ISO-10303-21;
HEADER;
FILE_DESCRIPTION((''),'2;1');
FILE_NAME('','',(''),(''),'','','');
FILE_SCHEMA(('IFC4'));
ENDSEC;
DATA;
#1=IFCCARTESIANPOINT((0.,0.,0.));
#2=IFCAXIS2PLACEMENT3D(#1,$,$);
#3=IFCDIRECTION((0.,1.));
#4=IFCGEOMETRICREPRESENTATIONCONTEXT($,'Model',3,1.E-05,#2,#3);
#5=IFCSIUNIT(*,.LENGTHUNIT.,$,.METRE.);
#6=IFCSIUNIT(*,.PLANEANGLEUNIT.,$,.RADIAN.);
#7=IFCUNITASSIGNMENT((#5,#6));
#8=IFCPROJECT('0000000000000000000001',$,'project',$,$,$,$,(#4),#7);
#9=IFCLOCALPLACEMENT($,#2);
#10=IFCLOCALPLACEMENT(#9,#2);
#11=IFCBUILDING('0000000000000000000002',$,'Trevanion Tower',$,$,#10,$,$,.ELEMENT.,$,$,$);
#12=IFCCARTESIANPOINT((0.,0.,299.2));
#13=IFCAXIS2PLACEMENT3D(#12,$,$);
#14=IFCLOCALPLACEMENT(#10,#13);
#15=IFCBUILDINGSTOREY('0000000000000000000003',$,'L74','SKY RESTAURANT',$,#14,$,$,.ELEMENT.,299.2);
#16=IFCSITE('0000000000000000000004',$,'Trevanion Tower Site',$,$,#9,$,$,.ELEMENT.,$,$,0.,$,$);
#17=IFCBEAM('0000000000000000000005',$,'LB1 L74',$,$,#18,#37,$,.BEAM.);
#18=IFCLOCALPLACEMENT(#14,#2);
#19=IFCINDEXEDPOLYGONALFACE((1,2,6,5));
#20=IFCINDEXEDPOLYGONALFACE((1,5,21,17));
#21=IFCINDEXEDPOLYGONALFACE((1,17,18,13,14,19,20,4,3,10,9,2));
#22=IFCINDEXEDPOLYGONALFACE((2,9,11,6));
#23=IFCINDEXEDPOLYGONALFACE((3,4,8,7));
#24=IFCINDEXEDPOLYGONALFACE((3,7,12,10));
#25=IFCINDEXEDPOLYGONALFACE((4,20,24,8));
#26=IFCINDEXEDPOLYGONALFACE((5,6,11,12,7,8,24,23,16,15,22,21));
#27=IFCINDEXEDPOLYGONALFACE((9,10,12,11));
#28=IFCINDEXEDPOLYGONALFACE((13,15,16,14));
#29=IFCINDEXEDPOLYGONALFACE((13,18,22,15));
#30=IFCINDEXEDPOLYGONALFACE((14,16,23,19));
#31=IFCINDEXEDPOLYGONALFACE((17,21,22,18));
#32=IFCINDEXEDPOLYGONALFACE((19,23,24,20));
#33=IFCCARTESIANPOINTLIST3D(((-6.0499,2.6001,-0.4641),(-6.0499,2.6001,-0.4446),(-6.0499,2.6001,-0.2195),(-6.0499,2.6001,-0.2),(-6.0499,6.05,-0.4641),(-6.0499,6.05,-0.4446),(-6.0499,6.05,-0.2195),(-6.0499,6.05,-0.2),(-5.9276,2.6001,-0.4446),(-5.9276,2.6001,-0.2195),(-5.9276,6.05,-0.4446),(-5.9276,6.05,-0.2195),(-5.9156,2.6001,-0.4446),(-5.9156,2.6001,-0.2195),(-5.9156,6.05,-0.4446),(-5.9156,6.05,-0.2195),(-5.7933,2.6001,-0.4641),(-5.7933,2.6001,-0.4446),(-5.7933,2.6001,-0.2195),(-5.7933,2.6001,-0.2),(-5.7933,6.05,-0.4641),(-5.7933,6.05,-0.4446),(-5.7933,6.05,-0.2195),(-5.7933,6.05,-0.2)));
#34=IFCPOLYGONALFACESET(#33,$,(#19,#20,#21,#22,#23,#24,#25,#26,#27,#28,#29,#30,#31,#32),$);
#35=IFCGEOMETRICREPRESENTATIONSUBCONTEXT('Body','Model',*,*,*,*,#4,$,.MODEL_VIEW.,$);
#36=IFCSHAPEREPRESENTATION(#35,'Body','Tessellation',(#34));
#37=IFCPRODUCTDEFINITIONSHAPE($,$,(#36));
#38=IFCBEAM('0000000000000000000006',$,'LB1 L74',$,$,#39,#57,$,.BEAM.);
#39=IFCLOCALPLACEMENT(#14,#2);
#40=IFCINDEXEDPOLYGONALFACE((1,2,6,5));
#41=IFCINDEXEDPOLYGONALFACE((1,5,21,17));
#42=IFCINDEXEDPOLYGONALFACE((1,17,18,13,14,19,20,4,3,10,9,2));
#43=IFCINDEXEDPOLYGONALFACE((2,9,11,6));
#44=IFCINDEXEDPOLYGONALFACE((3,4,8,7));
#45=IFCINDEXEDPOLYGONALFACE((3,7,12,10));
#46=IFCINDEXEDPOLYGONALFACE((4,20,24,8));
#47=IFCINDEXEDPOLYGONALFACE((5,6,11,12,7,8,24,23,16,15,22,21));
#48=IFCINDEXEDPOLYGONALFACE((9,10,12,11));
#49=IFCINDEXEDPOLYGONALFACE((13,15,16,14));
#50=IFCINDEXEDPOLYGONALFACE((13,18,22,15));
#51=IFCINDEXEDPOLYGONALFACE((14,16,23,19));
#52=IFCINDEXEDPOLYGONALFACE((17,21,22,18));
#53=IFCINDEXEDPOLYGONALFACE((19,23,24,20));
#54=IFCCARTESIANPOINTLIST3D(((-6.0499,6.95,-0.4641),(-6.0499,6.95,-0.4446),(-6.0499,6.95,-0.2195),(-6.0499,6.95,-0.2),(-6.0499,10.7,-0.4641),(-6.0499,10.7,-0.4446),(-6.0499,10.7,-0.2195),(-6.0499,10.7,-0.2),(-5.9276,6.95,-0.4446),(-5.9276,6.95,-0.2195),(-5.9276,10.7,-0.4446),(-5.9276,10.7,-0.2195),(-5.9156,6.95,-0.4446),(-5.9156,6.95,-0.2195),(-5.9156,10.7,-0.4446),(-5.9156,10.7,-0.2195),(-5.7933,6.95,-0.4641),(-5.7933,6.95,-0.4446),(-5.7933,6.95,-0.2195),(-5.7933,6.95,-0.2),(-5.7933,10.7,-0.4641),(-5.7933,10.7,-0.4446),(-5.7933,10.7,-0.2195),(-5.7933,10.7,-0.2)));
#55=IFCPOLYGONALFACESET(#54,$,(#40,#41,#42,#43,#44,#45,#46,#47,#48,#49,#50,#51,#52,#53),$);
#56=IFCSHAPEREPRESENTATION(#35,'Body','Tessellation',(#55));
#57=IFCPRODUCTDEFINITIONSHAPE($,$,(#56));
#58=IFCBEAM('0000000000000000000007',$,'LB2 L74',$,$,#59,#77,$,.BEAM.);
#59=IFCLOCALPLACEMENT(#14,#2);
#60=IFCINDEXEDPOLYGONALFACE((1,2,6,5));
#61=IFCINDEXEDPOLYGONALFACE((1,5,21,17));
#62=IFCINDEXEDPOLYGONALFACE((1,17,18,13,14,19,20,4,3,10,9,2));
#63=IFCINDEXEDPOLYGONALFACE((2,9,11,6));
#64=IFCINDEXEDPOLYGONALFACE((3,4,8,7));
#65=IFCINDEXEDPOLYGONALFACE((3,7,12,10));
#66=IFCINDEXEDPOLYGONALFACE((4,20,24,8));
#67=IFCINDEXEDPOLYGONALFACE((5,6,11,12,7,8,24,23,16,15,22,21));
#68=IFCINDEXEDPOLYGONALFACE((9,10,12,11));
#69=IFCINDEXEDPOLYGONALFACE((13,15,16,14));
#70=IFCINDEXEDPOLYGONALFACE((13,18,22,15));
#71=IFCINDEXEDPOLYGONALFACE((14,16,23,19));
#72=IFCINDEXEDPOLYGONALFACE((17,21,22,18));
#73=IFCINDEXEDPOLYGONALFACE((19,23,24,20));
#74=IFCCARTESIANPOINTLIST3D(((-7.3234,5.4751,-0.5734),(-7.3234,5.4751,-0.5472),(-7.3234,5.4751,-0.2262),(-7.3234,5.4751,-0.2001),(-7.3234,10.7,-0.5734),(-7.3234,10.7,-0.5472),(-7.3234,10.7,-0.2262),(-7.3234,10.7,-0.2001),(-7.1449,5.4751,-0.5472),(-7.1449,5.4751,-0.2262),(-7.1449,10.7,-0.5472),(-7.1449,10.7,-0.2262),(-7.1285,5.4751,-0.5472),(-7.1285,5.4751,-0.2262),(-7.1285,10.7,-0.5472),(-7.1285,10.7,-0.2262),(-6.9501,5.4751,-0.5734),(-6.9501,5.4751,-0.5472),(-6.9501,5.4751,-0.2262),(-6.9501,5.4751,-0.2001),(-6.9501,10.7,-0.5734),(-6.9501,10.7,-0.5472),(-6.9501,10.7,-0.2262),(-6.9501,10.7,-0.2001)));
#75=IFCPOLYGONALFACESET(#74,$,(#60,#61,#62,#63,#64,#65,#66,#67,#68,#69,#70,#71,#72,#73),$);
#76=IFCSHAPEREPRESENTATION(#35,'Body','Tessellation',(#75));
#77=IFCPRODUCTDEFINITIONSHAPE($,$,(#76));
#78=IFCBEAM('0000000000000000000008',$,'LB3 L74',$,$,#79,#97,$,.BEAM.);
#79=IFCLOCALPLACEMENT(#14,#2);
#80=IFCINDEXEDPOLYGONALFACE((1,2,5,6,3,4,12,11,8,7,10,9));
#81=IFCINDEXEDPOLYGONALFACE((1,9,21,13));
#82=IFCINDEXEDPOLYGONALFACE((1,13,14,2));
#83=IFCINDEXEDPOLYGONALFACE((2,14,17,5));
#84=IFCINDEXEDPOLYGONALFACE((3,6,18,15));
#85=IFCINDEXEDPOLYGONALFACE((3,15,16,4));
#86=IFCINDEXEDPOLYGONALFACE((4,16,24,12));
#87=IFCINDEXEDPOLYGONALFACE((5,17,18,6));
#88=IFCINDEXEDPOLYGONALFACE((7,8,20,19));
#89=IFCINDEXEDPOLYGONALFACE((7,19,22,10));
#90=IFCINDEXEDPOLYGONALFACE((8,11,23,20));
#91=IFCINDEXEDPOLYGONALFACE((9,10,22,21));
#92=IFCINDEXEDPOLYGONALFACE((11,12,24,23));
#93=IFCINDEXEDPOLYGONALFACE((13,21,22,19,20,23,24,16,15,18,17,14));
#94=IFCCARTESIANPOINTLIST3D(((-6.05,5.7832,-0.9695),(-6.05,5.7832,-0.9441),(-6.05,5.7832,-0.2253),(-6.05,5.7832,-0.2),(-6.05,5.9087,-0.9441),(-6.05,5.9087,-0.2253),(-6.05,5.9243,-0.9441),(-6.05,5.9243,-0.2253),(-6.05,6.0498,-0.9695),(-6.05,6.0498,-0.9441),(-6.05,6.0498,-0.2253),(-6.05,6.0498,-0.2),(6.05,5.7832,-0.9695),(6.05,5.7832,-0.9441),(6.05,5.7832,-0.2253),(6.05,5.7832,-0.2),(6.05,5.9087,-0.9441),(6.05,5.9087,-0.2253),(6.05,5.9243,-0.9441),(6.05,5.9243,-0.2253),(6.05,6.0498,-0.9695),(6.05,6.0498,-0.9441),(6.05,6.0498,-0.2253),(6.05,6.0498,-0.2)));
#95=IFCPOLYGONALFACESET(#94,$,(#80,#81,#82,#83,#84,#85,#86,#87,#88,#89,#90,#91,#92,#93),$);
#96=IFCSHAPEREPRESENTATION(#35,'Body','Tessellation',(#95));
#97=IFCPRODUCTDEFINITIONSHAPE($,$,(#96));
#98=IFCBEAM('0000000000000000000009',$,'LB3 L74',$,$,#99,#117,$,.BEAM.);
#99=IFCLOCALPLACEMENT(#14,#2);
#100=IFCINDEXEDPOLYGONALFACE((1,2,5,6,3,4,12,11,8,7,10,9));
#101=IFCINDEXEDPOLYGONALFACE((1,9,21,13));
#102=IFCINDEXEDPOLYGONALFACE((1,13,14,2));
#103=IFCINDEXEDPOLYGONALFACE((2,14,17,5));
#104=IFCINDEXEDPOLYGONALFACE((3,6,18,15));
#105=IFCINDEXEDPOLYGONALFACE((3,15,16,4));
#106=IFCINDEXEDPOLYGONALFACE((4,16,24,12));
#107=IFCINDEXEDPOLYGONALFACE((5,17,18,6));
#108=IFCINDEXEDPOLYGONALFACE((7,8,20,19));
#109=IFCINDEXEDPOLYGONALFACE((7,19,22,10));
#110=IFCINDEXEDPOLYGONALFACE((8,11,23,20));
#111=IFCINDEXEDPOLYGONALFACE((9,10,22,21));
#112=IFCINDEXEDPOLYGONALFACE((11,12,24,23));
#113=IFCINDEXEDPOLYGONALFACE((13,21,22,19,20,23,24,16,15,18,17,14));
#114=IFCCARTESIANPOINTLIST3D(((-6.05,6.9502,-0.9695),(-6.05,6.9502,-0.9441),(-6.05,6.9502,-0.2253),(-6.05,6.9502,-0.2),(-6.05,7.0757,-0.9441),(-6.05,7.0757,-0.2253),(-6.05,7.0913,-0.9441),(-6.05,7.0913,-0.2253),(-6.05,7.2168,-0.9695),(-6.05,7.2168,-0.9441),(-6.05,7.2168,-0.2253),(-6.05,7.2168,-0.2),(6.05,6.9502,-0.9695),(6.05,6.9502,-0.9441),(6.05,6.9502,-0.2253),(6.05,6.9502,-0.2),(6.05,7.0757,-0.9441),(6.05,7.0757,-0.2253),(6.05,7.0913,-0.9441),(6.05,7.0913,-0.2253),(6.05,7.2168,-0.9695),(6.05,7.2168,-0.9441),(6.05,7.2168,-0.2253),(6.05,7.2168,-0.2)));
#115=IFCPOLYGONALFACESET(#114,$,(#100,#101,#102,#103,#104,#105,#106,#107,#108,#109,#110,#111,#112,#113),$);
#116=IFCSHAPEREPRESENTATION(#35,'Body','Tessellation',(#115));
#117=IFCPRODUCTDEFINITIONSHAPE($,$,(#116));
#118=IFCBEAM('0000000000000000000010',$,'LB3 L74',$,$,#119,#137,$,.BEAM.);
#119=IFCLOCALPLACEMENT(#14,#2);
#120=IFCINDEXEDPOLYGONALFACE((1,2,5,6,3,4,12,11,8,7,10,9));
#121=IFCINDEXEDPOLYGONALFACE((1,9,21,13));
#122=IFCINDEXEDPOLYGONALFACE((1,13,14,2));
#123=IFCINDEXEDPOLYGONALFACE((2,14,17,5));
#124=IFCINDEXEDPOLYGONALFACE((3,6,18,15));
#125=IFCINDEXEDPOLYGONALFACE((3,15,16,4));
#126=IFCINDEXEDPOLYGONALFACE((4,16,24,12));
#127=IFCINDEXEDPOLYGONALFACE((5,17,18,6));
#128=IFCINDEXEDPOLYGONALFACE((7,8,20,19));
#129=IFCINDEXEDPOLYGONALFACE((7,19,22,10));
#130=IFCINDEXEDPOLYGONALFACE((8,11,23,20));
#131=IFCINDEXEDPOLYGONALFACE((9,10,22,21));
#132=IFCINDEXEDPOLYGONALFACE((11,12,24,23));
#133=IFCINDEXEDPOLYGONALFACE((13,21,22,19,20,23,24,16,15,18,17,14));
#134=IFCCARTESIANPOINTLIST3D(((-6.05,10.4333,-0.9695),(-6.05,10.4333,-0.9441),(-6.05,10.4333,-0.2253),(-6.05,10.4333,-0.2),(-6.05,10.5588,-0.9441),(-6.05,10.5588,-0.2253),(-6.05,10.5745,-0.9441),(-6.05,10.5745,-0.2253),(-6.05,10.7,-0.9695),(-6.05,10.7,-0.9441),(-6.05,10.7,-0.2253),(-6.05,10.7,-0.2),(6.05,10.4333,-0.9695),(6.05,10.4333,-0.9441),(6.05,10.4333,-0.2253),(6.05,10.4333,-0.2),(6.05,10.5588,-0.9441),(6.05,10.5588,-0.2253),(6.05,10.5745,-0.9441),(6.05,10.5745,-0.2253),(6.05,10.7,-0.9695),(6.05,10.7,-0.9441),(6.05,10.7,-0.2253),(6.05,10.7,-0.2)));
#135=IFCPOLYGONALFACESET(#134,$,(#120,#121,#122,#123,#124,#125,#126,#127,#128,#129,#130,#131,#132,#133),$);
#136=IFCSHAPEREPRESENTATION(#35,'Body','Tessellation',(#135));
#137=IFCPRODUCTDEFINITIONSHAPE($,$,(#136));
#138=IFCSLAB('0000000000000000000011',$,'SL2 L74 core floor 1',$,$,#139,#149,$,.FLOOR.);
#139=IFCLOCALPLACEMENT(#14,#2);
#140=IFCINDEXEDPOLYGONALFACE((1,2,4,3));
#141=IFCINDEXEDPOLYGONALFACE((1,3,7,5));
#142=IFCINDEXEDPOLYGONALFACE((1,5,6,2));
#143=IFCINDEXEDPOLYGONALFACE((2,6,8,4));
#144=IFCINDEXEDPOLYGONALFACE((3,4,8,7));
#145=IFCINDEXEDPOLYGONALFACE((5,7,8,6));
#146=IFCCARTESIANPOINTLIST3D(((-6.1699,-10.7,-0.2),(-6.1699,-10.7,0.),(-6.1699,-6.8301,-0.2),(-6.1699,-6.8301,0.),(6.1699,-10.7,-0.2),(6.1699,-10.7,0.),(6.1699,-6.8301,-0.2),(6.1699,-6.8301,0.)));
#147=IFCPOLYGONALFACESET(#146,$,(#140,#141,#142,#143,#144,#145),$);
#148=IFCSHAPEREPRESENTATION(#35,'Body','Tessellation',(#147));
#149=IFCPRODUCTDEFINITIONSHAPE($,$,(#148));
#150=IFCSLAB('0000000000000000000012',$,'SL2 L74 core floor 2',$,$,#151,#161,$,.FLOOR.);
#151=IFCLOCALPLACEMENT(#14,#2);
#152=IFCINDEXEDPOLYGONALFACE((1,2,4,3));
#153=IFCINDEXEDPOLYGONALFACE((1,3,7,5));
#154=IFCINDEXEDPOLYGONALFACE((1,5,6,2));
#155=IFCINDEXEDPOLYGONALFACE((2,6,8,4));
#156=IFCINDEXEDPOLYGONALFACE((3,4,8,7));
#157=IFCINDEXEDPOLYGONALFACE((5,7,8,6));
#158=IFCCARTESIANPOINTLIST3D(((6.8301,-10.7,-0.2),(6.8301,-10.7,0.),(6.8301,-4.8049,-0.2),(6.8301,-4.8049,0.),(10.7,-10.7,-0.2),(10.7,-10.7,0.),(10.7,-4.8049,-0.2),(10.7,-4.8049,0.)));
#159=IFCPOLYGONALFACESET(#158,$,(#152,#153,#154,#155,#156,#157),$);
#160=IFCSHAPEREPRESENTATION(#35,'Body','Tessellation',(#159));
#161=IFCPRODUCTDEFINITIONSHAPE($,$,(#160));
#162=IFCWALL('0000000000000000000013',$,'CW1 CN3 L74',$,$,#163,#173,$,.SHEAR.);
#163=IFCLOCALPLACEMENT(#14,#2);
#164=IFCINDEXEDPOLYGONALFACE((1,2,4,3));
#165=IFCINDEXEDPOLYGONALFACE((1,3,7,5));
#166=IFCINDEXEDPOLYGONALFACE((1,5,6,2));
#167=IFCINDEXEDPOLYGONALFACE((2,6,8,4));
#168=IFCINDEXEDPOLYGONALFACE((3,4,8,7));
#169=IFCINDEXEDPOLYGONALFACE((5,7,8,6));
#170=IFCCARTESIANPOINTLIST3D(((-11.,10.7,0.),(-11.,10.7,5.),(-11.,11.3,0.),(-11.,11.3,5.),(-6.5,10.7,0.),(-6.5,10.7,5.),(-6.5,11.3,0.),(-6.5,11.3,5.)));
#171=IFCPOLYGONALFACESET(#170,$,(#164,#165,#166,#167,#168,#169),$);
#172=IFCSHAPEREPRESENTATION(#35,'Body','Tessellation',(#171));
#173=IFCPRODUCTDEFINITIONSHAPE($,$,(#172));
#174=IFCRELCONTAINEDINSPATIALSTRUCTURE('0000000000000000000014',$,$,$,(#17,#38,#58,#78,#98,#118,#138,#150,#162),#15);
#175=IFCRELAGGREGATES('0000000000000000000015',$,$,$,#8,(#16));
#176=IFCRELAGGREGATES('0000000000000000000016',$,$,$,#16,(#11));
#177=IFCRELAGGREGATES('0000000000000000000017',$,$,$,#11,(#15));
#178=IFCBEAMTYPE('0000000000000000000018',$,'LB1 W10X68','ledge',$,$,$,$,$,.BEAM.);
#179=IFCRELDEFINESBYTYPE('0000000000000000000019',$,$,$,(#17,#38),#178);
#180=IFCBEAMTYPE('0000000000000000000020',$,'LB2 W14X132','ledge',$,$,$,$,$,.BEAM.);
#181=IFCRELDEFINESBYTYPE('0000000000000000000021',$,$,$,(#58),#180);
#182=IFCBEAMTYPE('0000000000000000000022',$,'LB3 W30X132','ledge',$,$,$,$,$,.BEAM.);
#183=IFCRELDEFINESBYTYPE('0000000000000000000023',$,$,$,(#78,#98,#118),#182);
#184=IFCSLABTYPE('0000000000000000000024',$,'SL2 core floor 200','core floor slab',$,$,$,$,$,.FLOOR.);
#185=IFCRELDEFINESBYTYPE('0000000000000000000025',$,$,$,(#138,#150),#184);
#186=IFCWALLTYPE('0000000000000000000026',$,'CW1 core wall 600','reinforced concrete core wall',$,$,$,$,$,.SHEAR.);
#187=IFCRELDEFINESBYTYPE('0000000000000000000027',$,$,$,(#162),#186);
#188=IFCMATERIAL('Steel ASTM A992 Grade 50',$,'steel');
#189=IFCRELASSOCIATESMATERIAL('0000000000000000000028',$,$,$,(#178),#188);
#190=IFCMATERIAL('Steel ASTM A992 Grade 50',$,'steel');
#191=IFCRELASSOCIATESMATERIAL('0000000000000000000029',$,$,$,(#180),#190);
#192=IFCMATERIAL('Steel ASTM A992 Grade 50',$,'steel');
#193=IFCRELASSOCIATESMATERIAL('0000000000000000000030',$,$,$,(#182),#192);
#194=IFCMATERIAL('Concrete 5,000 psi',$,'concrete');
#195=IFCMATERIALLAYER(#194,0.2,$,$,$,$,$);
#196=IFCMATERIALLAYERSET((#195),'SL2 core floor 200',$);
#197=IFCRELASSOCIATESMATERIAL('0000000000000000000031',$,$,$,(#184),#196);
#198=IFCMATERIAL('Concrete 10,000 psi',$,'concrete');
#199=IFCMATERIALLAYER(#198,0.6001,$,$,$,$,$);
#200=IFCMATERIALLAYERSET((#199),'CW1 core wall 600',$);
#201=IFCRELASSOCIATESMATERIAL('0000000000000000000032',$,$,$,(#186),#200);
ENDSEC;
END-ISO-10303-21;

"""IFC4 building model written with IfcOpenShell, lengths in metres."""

from ifc_helpers import new_model, si_unit, direction, frame, frame_2d, origin, origin_2d, place, context, subcontext, project, spatial, polyline, rectangle, i_section, outline, extrude, material, layer, layer_set, material_profile, profile_set, type_object, element, save


model = new_model("IFC4")

# Units and contexts
model_context = context("Model", 3, precision=1e-05, world=origin(), true_north=direction((0.0, 1.0)))
body_context = subcontext(model_context, "Body", "Model", "MODEL_VIEW")
ifc_project = project(units=[si_unit("LENGTHUNIT", "METRE"), si_unit("PLANEANGLEUNIT", "RADIAN")], contexts=[model_context])

# Site, building, storey
site_placement = place(None, origin())
site = spatial("IfcSite", under=ifc_project, at=site_placement, Name="Trevanion Tower Site", CompositionType="ELEMENT", RefElevation=0.0)
building_placement = place(site_placement, origin())
building = spatial("IfcBuilding", under=site, at=building_placement, Name="Trevanion Tower", CompositionType="ELEMENT")
storey_placement = place(building_placement, frame((0.0, 0.0, 299.2)))
storey = spatial("IfcBuildingStorey", under=building, at=storey_placement, Name="L74", Description="SKY RESTAURANT", CompositionType="ELEMENT", Elevation=299.2)

# Beams
ifc_material_1 = material(Name="Steel ASTM A992 Grade 50", Category="steel")
ifc_material_profile_1 = material_profile(ifc_material_1, i_section(OverallWidth=0.2566, OverallDepth=0.2642, WebThickness=0.012, FlangeThickness=0.0195, at=origin_2d()), Name="W10X68")
ifc_profile_set_1 = profile_set([ifc_material_profile_1], Name="Steel ASTM A992 Grade 50")
beam_type_1 = type_object("IfcBeamType", Name="LB1 W10X68", Description="ledge", PredefinedType="BEAM", material=ifc_profile_set_1)
beam_1_placement = place(storey_placement, frame((-5.9216, 2.6001, -0.332), z_axis=(0.0, 1.0, 0.0), x_axis=(-1.0, 0.0, 0.0)))
element("IfcBeam", 1, at=beam_1_placement, inside=storey, type_object=beam_type_1, Name="LB1 L74", PredefinedType="BEAM", context=body_context, shape_type="SweptSolid", body=[
    extrude(i_section(OverallWidth=0.2566, OverallDepth=0.2642, WebThickness=0.012, FlangeThickness=0.0195, at=origin_2d()), origin(), (0.0, 0.0, 1.0), 3.45),
])
beam_2_placement = place(storey_placement, frame((-5.9216, 6.95, -0.332), z_axis=(0.0, 1.0, 0.0), x_axis=(-1.0, 0.0, 0.0)))
element("IfcBeam", 2, at=beam_2_placement, inside=storey, type_object=beam_type_1, Name="LB1 L74", PredefinedType="BEAM", context=body_context, shape_type="SweptSolid", body=[
    extrude(i_section(OverallWidth=0.2566, OverallDepth=0.2642, WebThickness=0.012, FlangeThickness=0.0195, at=origin_2d()), origin(), (0.0, 0.0, 1.0), 3.75),
])
ifc_material_2 = material(Name="Steel ASTM A992 Grade 50", Category="steel")
ifc_material_profile_2 = material_profile(ifc_material_2, i_section(OverallWidth=0.3733, OverallDepth=0.3733, WebThickness=0.0164, FlangeThickness=0.0261, at=origin_2d()), Name="W14X132")
ifc_profile_set_2 = profile_set([ifc_material_profile_2], Name="Steel ASTM A992 Grade 50")
beam_type_2 = type_object("IfcBeamType", Name="LB2 W14X132", Description="ledge", PredefinedType="BEAM", material=ifc_profile_set_2)
beam_3_placement = place(storey_placement, frame((-7.1367, 5.4751, -0.3867), z_axis=(0.0, 1.0, 0.0), x_axis=(-1.0, 0.0, 0.0)))
element("IfcBeam", 3, at=beam_3_placement, inside=storey, type_object=beam_type_2, Name="LB2 L74", PredefinedType="BEAM", context=body_context, shape_type="SweptSolid", body=[
    extrude(i_section(OverallWidth=0.3733, OverallDepth=0.3733, WebThickness=0.0164, FlangeThickness=0.0261, at=origin_2d()), origin(), (0.0, 0.0, 1.0), 5.2249),
])
ifc_material_3 = material(Name="Steel ASTM A992 Grade 50", Category="steel")
ifc_material_profile_3 = material_profile(ifc_material_3, i_section(OverallWidth=0.2666, OverallDepth=0.7695, WebThickness=0.0156, FlangeThickness=0.0254, at=origin_2d()), Name="W30X132")
ifc_profile_set_3 = profile_set([ifc_material_profile_3], Name="Steel ASTM A992 Grade 50")
beam_type_3 = type_object("IfcBeamType", Name="LB3 W30X132", Description="ledge", PredefinedType="BEAM", material=ifc_profile_set_3)
for number, where, z_axis, x_axis, name in (
    (4, (-6.05, 5.9165, -0.5847), (1.0, 0.0, 0.0), (0.0, 1.0, 0.0), "LB3 L74"),
    (5, (-6.05, 7.0835, -0.5847), (1.0, 0.0, 0.0), (0.0, 1.0, 0.0), "LB3 L74"),
    (6, (-6.05, 10.5667, -0.5847), (1.0, 0.0, 0.0), (0.0, 1.0, 0.0), "LB3 L74"),
):
    element("IfcBeam", number, at=place(storey_placement, frame(where, z_axis=z_axis, x_axis=x_axis)), inside=storey, type_object=beam_type_3, Name=name, PredefinedType="BEAM", context=body_context, shape_type="SweptSolid", body=[
        extrude(i_section(OverallWidth=0.2666, OverallDepth=0.7695, WebThickness=0.0156, FlangeThickness=0.0254, at=origin_2d()), origin(), (0.0, 0.0, 1.0), 12.1001),
    ])

# Slabs
ifc_material_4 = material(Name="Concrete 5,000 psi", Category="concrete")
ifc_layer_1 = layer(ifc_material_4, 0.2)
ifc_layer_set_1 = layer_set([ifc_layer_1], Name="SL2 core floor 200")
slab_type = type_object("IfcSlabType", Name="SL2 core floor 200", Description="core floor slab", PredefinedType="FLOOR", material=ifc_layer_set_1)
slab_1_placement = place(storey_placement, frame((0.0, 0.0, -0.2)))
element("IfcSlab", 7, at=slab_1_placement, inside=storey, type_object=slab_type, Name="SL2 L74 core floor 1", PredefinedType="FLOOR", context=body_context, shape_type="SweptSolid", body=[
    extrude(outline(polyline([(6.1699, -10.7), (-6.1699, -10.7), (-6.1699, -6.8301), (6.1699, -6.8301), (6.1699, -10.7)])), origin(), (0.0, 0.0, 1.0), 0.2),
])
slab_2_placement = place(storey_placement, frame((0.0, 0.0, -0.2)))
element("IfcSlab", 8, at=slab_2_placement, inside=storey, type_object=slab_type, Name="SL2 L74 core floor 2", PredefinedType="FLOOR", context=body_context, shape_type="SweptSolid", body=[
    extrude(outline(polyline([(6.8301, -4.8049), (10.7, -4.8049), (10.7, -10.7), (6.8301, -10.7), (6.8301, -4.8049)])), origin(), (0.0, 0.0, 1.0), 0.2),
])

# Wall
ifc_material_5 = material(Name="Concrete 10,000 psi", Category="concrete")
ifc_layer_2 = layer(ifc_material_5, 0.6001)
ifc_layer_set_2 = layer_set([ifc_layer_2], Name="CW1 core wall 600")
wall_type_1 = type_object("IfcWallType", Name="CW1 core wall 600", Description="reinforced concrete core wall", PredefinedType="SHEAR", material=ifc_layer_set_2)
wall_1_placement = place(storey_placement, frame((-6.5, 11.0, 0.0), z_axis=(0.0, 0.0, 1.0), x_axis=(-1.0, 0.0, 0.0)))
element("IfcWall", 9, at=wall_1_placement, inside=storey, type_object=wall_type_1, Name="CW1 CN3 L74", PredefinedType="SHEAR", context=body_context, shape_type="SweptSolid", body=[
    extrude(rectangle(XDim=4.5, YDim=0.6001, at=frame_2d((2.25, 0.0))), origin(), (0.0, 0.0, 1.0), 5.0),
])

save(model, "model.ifc")
